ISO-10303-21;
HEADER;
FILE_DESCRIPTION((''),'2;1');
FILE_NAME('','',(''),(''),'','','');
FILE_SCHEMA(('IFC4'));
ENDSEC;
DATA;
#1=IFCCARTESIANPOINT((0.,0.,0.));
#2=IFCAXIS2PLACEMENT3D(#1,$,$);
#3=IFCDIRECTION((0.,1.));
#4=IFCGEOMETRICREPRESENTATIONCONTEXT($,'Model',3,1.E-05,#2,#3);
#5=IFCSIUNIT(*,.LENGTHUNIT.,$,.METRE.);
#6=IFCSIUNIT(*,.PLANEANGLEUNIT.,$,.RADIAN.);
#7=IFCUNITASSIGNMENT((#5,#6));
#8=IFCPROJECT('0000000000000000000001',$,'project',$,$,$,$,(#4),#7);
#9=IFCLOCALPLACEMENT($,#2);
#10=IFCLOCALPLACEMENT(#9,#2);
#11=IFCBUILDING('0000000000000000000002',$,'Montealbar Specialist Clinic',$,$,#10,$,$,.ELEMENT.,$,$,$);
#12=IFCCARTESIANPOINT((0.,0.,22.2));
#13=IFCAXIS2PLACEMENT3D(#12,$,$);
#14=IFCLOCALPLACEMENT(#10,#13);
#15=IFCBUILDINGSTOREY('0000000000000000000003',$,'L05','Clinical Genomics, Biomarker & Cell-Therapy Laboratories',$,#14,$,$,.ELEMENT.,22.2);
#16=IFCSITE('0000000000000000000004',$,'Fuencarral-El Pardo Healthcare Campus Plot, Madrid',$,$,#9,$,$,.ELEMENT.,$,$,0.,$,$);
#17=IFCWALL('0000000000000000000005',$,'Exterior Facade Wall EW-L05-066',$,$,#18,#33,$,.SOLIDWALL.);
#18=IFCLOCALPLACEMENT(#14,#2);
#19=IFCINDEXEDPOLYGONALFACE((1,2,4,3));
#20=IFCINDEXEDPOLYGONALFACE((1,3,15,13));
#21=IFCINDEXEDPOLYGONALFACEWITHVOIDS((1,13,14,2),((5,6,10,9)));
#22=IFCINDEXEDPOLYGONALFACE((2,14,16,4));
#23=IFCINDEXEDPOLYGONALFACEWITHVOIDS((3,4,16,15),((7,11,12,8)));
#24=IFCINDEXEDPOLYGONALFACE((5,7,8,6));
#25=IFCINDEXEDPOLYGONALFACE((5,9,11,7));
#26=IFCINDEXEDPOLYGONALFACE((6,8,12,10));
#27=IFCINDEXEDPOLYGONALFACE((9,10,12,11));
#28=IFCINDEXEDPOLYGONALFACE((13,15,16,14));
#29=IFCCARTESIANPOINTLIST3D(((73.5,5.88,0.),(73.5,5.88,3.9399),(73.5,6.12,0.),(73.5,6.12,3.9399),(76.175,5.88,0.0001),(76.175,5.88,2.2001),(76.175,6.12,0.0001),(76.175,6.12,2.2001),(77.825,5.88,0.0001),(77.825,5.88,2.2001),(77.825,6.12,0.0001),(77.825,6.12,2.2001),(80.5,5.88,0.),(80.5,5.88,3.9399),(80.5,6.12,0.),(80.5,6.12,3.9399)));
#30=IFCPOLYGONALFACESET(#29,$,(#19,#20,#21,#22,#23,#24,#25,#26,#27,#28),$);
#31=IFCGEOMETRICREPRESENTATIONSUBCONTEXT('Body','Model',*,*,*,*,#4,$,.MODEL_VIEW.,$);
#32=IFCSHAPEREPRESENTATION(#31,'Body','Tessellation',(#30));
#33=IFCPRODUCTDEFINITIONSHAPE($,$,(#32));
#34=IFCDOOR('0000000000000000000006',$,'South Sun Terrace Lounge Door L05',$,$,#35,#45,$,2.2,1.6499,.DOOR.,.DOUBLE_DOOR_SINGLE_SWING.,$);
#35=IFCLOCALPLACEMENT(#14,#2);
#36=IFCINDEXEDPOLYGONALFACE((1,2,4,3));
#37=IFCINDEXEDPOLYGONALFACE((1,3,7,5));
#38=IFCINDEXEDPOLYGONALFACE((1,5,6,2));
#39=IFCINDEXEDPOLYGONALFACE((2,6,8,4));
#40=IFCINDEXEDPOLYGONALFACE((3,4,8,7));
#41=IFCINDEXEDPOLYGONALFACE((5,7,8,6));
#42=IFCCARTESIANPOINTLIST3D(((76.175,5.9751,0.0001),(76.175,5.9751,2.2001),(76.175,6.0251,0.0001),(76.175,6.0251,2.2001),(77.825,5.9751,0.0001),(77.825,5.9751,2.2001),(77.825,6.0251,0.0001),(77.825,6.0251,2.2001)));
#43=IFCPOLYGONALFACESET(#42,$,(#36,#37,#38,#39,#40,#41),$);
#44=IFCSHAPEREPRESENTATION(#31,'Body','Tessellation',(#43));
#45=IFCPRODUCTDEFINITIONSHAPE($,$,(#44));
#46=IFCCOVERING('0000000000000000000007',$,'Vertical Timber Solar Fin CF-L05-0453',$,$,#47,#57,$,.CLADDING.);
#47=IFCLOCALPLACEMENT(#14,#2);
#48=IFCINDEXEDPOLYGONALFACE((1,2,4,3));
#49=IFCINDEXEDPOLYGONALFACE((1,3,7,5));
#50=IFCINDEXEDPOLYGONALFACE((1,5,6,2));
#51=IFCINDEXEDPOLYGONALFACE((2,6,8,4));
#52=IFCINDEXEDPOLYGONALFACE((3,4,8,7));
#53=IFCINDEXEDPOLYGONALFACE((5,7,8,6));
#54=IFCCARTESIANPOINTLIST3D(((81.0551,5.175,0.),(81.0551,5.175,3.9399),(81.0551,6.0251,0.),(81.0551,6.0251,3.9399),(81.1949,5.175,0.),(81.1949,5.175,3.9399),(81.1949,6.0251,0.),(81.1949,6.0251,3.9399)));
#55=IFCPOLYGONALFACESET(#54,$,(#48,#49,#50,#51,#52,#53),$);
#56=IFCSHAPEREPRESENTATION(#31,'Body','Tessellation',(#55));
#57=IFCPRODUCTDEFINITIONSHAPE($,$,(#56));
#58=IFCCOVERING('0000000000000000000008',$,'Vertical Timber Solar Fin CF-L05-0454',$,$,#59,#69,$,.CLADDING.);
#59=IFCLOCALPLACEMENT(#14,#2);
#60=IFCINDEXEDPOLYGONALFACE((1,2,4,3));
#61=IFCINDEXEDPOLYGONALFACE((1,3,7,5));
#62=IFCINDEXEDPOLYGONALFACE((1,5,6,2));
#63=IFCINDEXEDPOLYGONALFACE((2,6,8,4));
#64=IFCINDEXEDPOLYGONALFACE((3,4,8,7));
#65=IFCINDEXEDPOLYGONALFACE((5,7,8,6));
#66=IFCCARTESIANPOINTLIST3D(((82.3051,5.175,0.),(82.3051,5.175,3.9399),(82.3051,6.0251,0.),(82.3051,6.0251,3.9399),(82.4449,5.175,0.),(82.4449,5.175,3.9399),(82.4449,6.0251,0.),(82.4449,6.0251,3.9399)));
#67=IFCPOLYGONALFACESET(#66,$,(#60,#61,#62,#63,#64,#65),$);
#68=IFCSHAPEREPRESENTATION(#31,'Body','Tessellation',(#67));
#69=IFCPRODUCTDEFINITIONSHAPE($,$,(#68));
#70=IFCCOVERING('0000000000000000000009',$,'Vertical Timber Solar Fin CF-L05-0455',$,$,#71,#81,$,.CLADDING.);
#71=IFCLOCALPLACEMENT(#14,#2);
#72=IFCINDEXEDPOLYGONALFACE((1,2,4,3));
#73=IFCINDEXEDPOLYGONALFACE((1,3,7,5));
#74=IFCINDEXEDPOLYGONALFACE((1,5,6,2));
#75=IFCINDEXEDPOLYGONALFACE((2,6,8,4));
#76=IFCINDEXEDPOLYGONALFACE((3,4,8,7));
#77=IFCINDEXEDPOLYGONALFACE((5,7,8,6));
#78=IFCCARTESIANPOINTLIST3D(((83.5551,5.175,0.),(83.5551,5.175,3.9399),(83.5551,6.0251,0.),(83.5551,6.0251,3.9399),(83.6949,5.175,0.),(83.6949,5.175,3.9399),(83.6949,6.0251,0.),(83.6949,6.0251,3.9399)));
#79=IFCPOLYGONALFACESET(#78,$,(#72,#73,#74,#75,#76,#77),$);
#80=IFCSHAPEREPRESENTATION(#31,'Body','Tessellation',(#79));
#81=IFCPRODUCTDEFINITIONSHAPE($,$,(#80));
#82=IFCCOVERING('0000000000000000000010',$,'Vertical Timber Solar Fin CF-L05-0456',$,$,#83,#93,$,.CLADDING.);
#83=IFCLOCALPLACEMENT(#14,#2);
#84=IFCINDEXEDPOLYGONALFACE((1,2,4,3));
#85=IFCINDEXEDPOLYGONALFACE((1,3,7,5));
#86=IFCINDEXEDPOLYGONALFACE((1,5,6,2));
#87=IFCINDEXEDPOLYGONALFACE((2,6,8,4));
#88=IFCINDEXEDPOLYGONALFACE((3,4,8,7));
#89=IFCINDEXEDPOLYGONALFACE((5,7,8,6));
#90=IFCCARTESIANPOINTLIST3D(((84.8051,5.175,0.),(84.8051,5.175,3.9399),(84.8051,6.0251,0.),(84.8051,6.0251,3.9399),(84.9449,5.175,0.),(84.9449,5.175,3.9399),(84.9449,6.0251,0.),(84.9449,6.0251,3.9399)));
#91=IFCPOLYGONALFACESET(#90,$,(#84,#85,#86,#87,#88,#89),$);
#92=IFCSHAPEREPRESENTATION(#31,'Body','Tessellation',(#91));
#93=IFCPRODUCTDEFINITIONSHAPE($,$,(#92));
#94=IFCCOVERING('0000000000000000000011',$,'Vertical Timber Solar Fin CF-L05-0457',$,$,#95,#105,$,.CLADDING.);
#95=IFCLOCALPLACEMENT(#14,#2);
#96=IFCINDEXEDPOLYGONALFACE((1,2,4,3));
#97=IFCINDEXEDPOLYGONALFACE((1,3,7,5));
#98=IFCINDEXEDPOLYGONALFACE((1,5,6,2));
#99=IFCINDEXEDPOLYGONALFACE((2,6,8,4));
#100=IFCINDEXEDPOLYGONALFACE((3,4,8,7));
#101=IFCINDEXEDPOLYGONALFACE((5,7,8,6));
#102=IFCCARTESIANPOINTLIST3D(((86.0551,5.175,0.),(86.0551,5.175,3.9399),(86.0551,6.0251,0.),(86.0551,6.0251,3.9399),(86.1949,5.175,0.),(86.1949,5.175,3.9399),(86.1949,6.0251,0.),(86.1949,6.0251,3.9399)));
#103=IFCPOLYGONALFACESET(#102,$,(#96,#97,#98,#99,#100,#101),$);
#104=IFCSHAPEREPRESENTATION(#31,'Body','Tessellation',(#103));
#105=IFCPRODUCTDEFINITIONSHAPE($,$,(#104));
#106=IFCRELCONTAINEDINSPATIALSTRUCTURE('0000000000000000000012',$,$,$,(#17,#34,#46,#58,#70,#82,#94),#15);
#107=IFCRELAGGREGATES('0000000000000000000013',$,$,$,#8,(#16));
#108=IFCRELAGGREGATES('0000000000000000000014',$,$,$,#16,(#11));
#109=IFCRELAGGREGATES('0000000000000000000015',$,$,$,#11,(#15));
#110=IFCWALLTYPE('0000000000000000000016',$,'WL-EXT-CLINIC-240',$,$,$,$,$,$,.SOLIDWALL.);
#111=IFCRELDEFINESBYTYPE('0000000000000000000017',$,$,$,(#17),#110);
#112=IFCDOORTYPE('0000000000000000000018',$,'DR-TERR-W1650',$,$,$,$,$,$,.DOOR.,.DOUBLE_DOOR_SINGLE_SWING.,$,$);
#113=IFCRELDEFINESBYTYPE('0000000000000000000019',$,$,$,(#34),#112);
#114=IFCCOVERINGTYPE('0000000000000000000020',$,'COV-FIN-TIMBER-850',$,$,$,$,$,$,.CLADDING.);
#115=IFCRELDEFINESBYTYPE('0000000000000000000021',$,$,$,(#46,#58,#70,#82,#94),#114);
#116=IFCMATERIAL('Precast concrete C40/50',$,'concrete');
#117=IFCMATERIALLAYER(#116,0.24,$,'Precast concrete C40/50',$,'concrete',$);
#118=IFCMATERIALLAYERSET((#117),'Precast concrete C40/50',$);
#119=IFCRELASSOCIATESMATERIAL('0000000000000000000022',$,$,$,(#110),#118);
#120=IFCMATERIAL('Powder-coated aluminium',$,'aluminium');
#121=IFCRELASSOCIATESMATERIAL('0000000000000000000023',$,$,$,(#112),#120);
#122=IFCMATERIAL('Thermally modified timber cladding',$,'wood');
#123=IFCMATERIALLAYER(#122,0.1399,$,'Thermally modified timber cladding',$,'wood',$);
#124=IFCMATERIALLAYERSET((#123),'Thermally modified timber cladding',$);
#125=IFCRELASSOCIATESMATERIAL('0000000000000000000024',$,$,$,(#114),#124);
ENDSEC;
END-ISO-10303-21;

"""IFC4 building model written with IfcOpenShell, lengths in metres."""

from ifc_helpers import new_model, si_unit, direction, frame, frame_2d, origin, origin_2d, place, context, subcontext, project, spatial, rectangle, extrude, material, layer, layer_set, type_object, element, fill, save


model = new_model("IFC4")

# Units and contexts
model_context = context("Model", 3, precision=1e-05, world=origin(), true_north=direction((0.0, 1.0)))
body_context = subcontext(model_context, "Body", "Model", "MODEL_VIEW")
ifc_project = project(units=[si_unit("LENGTHUNIT", "METRE"), si_unit("PLANEANGLEUNIT", "RADIAN")], contexts=[model_context])

# Site, building, storey
site_placement = place(None, origin())
site = spatial("IfcSite", under=ifc_project, at=site_placement, Name="Fuencarral-El Pardo Healthcare Campus Plot, Madrid", CompositionType="ELEMENT", RefElevation=0.0)
building_placement = place(site_placement, origin())
building = spatial("IfcBuilding", under=site, at=building_placement, Name="Montealbar Specialist Clinic", CompositionType="ELEMENT")
storey_placement = place(building_placement, frame((0.0, 0.0, 22.2)))
storey = spatial("IfcBuildingStorey", under=building, at=storey_placement, Name="L05", Description="Clinical Genomics, Biomarker & Cell-Therapy Laboratories", CompositionType="ELEMENT", Elevation=22.2)

# Shared definitions
ifc_material_1 = material(Name="Powder-coated aluminium", Category="aluminium")

# Wall, opening, door
ifc_material_2 = material(Name="Precast concrete C40/50", Category="concrete")
ifc_layer_1 = layer(ifc_material_2, 0.24, Name="Precast concrete C40/50", Category="concrete")
ifc_layer_set_1 = layer_set([ifc_layer_1], Name="Precast concrete C40/50")
wall_type_1 = type_object("IfcWallType", Name="WL-EXT-CLINIC-240", PredefinedType="SOLIDWALL", material=ifc_layer_set_1)
wall_1_placement = place(storey_placement, frame((80.5, 6.0, 0.0), z_axis=(0.0, 0.0, 1.0), x_axis=(-1.0, 0.0, 0.0)))
wall_1 = element("IfcWall", 1, at=wall_1_placement, inside=storey, type_object=wall_type_1, Name="Exterior Facade Wall EW-L05-066", PredefinedType="SOLIDWALL", context=body_context, shape_type="SweptSolid", body=[
    extrude(rectangle(XDim=7.0, YDim=0.24, at=frame_2d((3.5, 0.0))), origin(), (0.0, 0.0, 1.0), 3.9399),
])
opening_1_placement = place(wall_1_placement, frame((2.675, 0.0, 0.0)))
opening_1 = element("IfcOpeningElement", 2, at=opening_1_placement, cuts=wall_1, PredefinedType="OPENING", context=body_context, shape_type="SweptSolid", body=[
    extrude(rectangle(XDim=1.6499, YDim=2.2, at=frame_2d((0.825, 1.1001))), frame((0.0, 0.1299, 0.0), z_axis=(0.0, -1.0, 0.0), x_axis=(1.0, 0.0, 0.0)), (0.0, 0.0, 1.0), 0.26),
])
door_type_1 = type_object("IfcDoorType", Name="DR-TERR-W1650", OperationType="DOUBLE_DOOR_SINGLE_SWING", PredefinedType="DOOR", material=ifc_material_1)
door_1_placement = place(opening_1_placement, origin())
door_1 = element("IfcDoor", 3, at=door_1_placement, inside=storey, type_object=door_type_1, Name="South Sun Terrace Lounge Door L05", OperationType="DOUBLE_DOOR_SINGLE_SWING", OverallHeight=2.2, OverallWidth=1.6499, PredefinedType="DOOR", context=body_context, shape_type="SweptSolid", body=[
    extrude(rectangle(XDim=1.6499, YDim=2.2, at=frame_2d((0.825, 1.1001))), frame((0.0, 0.0249, 0.0), z_axis=(0.0, -1.0, 0.0), x_axis=(1.0, 0.0, 0.0)), (0.0, 0.0, 1.0), 0.05),
])
fill(opening_1, door_1)

# Coverings
ifc_material_3 = material(Name="Thermally modified timber cladding", Category="wood")
ifc_layer_2 = layer(ifc_material_3, 0.1399, Name="Thermally modified timber cladding", Category="wood")
ifc_layer_set_2 = layer_set([ifc_layer_2], Name="Thermally modified timber cladding")
covering_type = type_object("IfcCoveringType", Name="COV-FIN-TIMBER-850", PredefinedType="CLADDING", material=ifc_layer_set_2)
for number, where, z_axis, x_axis, name in (
    (4, (81.125, 5.6001, 0.0), (0.0, 0.0, 1.0), (0.0, -1.0, 0.0), "Vertical Timber Solar Fin CF-L05-0453"),
    (5, (82.375, 5.6001, 0.0), (0.0, 0.0, 1.0), (0.0, -1.0, 0.0), "Vertical Timber Solar Fin CF-L05-0454"),
    (6, (83.625, 5.6001, 0.0), (0.0, 0.0, 1.0), (0.0, -1.0, 0.0), "Vertical Timber Solar Fin CF-L05-0455"),
    (7, (84.875, 5.6001, 0.0), (0.0, 0.0, 1.0), (0.0, -1.0, 0.0), "Vertical Timber Solar Fin CF-L05-0456"),
    (8, (86.125, 5.6001, 0.0), (0.0, 0.0, 1.0), (0.0, -1.0, 0.0), "Vertical Timber Solar Fin CF-L05-0457"),
):
    element("IfcCovering", number, at=place(storey_placement, frame(where, z_axis=z_axis, x_axis=x_axis)), inside=storey, type_object=covering_type, Name=name, PredefinedType="CLADDING", context=body_context, shape_type="SweptSolid", body=[
        extrude(rectangle(XDim=0.8501, YDim=0.1399, at=origin_2d()), origin(), (0.0, 0.0, 1.0), 3.9399),
    ])

save(model, "model.ifc")
